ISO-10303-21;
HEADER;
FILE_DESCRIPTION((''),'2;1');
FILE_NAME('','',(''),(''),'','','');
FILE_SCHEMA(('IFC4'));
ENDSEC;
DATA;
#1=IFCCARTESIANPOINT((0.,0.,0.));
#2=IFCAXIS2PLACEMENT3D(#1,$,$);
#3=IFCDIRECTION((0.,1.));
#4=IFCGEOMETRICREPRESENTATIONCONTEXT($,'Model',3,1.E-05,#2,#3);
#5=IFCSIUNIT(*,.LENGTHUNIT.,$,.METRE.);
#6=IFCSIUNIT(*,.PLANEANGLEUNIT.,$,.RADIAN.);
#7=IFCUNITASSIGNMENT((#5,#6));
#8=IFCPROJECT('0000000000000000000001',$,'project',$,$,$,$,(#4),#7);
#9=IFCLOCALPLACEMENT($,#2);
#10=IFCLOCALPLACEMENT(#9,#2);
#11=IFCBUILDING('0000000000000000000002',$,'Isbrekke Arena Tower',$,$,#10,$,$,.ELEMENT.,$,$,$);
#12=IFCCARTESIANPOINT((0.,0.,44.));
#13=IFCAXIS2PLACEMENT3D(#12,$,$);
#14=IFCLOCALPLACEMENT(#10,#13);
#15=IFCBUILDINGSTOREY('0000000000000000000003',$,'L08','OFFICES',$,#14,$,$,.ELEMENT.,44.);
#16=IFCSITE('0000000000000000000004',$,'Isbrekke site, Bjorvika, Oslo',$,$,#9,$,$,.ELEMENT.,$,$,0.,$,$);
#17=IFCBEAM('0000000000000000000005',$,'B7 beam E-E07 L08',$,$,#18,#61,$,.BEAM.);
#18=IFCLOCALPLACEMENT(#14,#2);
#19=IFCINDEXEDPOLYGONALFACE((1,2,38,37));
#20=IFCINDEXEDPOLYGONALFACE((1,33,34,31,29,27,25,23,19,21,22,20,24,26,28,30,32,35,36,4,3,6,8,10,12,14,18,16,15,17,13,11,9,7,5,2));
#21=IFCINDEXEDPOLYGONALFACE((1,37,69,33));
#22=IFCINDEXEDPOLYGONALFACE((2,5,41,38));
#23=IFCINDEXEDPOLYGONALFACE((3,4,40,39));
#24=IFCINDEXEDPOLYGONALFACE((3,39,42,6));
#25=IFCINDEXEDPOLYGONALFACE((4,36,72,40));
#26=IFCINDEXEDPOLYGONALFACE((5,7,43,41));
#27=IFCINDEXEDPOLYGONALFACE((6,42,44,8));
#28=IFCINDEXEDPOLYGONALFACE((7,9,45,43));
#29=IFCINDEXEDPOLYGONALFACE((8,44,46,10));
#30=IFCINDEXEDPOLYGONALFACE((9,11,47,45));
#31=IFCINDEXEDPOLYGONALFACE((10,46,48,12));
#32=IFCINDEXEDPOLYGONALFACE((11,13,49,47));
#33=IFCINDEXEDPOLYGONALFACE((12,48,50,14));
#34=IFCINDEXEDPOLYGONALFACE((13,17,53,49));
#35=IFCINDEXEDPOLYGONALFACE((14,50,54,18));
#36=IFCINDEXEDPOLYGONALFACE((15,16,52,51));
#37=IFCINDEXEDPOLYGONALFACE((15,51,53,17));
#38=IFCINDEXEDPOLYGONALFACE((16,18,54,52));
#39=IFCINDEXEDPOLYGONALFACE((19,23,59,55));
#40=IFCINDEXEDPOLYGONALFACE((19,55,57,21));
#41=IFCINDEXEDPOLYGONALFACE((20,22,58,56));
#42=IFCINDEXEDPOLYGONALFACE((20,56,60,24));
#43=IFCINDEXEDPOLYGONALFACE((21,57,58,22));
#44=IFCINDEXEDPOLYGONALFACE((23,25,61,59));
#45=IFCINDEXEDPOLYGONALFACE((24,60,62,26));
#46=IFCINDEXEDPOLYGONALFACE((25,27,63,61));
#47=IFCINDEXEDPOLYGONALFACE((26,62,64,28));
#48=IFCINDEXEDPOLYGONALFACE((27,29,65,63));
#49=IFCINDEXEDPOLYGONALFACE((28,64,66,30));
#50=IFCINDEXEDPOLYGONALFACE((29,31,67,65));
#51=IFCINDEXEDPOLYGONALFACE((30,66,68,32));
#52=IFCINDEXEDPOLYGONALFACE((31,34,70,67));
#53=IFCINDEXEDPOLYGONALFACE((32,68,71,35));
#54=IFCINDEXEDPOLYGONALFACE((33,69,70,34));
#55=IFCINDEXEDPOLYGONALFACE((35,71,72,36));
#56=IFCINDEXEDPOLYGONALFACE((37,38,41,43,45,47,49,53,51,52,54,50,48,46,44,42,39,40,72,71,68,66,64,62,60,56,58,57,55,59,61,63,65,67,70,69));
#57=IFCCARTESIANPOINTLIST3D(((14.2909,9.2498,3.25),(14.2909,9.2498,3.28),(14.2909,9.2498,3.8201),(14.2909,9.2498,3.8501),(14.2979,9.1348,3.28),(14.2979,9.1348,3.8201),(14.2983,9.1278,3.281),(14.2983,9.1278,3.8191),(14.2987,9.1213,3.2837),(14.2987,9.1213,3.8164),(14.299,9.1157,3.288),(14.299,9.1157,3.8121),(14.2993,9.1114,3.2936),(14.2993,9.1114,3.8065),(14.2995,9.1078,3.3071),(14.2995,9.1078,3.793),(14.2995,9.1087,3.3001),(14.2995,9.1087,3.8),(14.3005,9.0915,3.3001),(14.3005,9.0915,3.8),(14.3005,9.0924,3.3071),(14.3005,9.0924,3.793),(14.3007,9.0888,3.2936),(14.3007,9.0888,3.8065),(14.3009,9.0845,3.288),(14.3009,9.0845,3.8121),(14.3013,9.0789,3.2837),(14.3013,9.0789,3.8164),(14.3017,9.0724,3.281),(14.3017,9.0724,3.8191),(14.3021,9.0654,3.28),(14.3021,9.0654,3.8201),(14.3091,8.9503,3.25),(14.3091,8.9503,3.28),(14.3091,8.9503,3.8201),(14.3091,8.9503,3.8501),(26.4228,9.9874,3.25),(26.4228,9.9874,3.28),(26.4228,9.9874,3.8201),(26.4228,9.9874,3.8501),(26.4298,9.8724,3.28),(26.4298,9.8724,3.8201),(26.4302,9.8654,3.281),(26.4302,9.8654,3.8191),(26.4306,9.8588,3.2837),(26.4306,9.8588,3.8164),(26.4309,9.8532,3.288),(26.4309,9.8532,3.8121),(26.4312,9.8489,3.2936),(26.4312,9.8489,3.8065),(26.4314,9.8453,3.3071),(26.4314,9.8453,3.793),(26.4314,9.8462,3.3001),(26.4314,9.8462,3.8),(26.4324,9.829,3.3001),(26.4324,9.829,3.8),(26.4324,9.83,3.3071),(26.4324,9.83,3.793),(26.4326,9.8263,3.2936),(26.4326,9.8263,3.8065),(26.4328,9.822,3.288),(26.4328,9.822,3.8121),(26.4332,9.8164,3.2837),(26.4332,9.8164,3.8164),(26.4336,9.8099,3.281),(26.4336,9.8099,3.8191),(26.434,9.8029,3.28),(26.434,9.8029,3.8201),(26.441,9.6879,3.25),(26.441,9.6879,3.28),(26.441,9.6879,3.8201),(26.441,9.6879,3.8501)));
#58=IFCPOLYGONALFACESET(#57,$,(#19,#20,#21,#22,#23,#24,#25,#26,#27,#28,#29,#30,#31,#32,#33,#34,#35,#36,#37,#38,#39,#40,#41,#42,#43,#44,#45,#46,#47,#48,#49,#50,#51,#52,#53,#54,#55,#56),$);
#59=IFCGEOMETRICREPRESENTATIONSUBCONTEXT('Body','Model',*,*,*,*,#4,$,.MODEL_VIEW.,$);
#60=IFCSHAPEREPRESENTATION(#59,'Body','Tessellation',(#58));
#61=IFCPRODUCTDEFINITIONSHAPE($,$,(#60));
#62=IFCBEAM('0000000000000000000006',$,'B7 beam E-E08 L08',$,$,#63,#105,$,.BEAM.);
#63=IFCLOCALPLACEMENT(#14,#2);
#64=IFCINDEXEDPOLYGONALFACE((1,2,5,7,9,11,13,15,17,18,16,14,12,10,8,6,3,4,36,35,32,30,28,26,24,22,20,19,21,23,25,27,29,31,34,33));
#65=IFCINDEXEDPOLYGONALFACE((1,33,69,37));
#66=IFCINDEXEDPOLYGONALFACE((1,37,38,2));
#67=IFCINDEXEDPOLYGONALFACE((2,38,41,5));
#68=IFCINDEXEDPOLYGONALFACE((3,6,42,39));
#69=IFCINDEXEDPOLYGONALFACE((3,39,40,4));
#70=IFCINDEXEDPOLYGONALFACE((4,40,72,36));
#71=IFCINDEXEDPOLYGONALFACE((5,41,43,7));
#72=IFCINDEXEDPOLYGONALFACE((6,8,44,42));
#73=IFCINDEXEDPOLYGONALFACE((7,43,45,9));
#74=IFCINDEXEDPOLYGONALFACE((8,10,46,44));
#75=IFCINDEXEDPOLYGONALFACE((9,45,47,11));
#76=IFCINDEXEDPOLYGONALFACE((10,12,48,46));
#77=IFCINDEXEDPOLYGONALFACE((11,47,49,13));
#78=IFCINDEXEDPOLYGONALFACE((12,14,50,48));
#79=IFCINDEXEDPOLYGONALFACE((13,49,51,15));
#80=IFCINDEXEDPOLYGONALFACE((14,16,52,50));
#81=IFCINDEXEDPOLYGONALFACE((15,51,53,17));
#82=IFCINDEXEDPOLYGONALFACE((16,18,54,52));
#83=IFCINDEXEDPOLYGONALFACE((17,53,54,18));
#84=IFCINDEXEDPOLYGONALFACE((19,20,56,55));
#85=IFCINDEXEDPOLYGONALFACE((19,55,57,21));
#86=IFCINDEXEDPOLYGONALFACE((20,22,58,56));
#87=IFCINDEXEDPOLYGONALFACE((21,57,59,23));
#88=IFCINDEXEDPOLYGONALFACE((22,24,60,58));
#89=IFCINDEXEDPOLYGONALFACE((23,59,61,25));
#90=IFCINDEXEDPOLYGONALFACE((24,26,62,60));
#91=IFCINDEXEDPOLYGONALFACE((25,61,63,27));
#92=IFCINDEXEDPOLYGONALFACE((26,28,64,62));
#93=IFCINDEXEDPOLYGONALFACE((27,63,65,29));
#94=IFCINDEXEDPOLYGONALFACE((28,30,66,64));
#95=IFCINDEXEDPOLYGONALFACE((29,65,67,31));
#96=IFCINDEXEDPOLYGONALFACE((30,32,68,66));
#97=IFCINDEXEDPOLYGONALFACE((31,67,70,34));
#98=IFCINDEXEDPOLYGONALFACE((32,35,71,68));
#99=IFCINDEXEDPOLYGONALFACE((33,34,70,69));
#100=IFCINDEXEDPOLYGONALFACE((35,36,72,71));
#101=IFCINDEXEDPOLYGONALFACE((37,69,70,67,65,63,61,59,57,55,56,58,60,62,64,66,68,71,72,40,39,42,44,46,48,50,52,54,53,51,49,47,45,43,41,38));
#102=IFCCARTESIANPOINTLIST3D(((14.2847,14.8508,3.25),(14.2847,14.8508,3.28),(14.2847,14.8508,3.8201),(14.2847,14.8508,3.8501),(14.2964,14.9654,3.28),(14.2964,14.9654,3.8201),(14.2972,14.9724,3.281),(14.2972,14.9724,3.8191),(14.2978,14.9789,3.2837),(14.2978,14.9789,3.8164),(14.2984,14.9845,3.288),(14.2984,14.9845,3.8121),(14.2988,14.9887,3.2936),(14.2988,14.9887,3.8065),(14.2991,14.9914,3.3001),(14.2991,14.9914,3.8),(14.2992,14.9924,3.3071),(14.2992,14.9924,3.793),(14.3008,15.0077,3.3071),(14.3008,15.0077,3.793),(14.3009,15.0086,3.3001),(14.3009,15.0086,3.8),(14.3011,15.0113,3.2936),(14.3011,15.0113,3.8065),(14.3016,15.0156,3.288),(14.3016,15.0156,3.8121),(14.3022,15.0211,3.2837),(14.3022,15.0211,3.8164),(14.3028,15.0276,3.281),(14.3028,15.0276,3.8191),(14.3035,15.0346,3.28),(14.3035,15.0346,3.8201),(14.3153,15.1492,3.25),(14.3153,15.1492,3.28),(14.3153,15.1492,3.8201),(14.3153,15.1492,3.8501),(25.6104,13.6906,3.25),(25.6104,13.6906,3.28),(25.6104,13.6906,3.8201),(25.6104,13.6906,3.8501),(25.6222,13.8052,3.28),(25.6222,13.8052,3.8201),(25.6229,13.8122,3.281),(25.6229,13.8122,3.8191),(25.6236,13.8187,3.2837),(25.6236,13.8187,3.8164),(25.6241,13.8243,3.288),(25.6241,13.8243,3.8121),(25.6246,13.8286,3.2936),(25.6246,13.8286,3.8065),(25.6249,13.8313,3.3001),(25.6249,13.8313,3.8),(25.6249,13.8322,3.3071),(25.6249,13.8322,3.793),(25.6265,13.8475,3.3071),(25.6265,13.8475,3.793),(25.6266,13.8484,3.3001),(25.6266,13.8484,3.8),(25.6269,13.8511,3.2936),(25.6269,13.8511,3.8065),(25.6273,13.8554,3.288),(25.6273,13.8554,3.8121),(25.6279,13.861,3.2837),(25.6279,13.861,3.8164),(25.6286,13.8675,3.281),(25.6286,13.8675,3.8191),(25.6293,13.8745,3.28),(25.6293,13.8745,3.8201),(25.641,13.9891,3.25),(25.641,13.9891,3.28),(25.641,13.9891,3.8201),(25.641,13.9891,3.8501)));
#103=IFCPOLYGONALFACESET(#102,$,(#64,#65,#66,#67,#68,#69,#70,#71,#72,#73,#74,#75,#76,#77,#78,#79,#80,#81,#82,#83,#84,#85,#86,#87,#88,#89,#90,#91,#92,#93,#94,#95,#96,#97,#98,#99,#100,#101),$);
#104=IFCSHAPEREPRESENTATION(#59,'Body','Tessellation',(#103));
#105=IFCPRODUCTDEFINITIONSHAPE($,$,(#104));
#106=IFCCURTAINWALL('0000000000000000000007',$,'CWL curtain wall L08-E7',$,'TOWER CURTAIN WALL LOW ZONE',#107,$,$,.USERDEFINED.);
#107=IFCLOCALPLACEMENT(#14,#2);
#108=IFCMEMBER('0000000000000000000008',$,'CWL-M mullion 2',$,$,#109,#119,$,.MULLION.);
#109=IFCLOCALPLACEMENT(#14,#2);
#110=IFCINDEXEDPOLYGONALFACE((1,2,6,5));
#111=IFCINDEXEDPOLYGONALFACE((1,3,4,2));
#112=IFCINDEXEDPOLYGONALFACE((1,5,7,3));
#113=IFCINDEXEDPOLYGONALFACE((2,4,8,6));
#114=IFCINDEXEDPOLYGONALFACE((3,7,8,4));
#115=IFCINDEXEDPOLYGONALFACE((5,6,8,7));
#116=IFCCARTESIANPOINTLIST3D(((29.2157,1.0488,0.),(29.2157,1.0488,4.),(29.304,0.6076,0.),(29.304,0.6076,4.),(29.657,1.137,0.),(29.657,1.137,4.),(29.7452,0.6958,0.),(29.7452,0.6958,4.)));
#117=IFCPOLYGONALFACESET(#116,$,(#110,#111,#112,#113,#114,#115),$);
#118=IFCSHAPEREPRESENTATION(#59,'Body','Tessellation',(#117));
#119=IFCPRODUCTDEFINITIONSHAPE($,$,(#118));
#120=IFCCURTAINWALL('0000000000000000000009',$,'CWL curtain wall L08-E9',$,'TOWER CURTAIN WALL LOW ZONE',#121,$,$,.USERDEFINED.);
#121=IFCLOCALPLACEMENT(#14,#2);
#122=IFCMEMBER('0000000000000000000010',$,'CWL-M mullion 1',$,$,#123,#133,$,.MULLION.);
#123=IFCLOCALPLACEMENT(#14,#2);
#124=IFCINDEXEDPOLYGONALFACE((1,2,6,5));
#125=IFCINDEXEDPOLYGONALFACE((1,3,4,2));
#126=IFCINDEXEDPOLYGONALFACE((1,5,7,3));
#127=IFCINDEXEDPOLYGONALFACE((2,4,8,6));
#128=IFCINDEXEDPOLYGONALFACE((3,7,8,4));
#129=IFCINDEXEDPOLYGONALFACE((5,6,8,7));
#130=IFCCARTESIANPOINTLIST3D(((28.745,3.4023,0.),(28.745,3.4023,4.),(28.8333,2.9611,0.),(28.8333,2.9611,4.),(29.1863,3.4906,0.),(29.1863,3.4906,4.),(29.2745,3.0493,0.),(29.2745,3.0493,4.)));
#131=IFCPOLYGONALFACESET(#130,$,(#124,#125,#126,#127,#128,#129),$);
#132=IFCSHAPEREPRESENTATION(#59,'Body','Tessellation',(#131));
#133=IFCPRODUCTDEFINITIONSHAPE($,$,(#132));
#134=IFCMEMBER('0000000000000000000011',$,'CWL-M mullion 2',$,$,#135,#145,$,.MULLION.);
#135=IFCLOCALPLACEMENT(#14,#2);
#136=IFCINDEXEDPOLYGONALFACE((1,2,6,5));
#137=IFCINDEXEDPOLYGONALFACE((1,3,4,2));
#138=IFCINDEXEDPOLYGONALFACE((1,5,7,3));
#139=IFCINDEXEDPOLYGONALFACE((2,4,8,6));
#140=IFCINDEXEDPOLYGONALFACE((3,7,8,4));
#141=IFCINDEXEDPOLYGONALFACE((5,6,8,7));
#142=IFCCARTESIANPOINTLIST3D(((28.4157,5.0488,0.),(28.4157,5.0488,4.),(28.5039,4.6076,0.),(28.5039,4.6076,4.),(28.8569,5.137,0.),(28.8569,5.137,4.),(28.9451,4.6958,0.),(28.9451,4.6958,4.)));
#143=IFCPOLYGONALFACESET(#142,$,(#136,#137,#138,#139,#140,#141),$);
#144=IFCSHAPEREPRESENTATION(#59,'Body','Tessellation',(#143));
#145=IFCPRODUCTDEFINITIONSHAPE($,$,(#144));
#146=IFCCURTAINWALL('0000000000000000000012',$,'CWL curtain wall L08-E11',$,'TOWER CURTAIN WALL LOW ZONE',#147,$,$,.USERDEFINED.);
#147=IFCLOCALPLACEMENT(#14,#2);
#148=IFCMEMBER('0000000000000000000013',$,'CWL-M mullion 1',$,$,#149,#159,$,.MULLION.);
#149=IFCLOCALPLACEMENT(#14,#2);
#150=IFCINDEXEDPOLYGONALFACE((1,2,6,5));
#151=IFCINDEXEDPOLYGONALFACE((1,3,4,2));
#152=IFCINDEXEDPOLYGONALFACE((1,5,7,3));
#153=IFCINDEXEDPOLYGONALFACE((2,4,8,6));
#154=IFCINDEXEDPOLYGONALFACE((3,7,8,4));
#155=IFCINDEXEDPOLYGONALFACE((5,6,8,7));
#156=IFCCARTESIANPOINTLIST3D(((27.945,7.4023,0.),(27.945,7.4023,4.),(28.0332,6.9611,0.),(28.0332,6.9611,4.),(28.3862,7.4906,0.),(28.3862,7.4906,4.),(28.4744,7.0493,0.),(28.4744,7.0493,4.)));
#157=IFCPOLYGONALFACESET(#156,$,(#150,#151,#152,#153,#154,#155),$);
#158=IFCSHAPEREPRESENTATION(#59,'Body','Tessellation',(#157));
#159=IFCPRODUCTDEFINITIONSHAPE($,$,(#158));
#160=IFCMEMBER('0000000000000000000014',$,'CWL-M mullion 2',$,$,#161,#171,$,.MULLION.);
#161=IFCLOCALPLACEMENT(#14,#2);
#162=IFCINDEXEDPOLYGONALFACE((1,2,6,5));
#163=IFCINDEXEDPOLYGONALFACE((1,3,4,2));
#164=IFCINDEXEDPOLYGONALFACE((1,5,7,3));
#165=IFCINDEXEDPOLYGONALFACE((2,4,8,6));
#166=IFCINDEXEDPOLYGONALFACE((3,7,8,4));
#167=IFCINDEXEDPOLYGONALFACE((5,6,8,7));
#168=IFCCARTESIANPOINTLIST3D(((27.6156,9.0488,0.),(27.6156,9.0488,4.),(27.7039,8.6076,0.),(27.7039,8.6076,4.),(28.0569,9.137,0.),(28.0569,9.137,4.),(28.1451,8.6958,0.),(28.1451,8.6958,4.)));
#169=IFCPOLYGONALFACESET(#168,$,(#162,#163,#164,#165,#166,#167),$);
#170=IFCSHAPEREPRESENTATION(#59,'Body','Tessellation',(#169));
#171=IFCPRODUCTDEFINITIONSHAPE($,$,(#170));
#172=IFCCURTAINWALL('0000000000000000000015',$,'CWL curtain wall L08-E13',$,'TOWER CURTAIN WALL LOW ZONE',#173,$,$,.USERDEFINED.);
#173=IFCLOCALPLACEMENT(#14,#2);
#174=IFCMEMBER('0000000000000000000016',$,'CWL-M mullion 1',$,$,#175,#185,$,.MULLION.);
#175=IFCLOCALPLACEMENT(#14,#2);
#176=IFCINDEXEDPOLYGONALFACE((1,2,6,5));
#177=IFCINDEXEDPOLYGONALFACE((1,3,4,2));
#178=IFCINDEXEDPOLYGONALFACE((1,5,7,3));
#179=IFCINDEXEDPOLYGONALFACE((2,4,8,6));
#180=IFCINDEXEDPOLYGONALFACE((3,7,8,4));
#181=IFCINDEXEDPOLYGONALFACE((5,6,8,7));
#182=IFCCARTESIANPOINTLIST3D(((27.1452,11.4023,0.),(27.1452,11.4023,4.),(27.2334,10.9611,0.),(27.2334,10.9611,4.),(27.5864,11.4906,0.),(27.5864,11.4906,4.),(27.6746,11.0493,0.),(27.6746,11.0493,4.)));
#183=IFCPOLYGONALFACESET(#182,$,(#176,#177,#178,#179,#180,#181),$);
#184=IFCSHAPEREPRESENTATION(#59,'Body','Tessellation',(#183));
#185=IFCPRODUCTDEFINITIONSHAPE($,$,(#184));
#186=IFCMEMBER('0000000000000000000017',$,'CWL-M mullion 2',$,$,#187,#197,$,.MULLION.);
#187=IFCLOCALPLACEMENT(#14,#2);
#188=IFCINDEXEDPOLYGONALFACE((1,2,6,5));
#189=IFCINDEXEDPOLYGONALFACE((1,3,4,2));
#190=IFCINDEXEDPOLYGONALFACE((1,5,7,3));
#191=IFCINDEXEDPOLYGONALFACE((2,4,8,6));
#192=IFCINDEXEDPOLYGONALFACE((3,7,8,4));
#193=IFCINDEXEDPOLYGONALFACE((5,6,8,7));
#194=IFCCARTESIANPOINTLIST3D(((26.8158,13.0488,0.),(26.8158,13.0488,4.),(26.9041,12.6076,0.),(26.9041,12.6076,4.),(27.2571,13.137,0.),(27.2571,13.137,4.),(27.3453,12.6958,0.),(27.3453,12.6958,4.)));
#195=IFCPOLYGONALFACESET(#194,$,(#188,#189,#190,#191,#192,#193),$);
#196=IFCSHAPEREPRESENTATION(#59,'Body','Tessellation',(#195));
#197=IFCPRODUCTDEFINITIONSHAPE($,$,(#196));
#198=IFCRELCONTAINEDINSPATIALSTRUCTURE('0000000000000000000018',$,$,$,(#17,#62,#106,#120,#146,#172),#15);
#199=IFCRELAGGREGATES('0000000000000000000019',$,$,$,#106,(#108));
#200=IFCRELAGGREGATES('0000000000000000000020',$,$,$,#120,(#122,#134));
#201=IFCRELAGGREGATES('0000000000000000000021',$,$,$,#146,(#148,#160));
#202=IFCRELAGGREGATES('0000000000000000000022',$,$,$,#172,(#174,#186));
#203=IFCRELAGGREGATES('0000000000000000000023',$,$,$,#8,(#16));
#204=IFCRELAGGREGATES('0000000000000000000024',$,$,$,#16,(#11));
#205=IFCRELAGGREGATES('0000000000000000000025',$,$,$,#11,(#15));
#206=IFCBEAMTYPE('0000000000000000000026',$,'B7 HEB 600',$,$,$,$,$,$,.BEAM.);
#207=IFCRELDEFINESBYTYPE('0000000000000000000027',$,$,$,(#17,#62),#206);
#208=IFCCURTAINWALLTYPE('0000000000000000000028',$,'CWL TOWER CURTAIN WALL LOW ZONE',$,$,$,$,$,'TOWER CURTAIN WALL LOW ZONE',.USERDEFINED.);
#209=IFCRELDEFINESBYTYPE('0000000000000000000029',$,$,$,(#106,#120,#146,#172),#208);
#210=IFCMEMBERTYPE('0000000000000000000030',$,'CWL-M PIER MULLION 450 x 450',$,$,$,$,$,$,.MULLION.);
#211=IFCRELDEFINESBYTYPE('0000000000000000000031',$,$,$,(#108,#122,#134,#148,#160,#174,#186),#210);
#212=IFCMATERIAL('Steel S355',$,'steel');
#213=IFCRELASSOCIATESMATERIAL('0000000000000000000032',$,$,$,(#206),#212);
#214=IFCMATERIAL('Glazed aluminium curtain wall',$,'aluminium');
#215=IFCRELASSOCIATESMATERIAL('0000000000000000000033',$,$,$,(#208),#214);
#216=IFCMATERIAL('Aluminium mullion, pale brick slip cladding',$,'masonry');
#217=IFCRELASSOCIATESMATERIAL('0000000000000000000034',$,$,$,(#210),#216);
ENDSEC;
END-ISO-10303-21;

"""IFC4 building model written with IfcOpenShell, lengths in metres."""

from ifc_helpers import new_model, si_unit, direction, frame, origin, origin_2d, place, context, subcontext, project, spatial, rectangle, i_section, extrude, material, material_profile, profile_set, type_object, element, aggregate, save


model = new_model("IFC4")

# Units and contexts
model_context = context("Model", 3, precision=1e-05, world=origin(), true_north=direction((0.0, 1.0)))
body_context = subcontext(model_context, "Body", "Model", "MODEL_VIEW")
ifc_project = project(units=[si_unit("LENGTHUNIT", "METRE"), si_unit("PLANEANGLEUNIT", "RADIAN")], contexts=[model_context])

# Site, building, storey
site_placement = place(None, origin())
site = spatial("IfcSite", under=ifc_project, at=site_placement, Name="Isbrekke site, Bjorvika, Oslo", CompositionType="ELEMENT", RefElevation=0.0)
building_placement = place(site_placement, origin())
building = spatial("IfcBuilding", under=site, at=building_placement, Name="Isbrekke Arena Tower", CompositionType="ELEMENT")
storey_placement = place(building_placement, frame((0.0, 0.0, 44.0)))
storey = spatial("IfcBuildingStorey", under=building, at=storey_placement, Name="L08", Description="OFFICES", CompositionType="ELEMENT", Elevation=44.0)

# Beams
ifc_material_1 = material(Name="Steel S355", Category="steel")
ifc_material_profile_1 = material_profile(ifc_material_1, i_section(OverallWidth=0.3, OverallDepth=0.6001, WebThickness=0.0154, FlangeThickness=0.03, FilletRadius=0.0271, at=origin_2d()), Name="HEB 600")
ifc_profile_set_1 = profile_set([ifc_material_profile_1], Name="Steel S355")
beam_type_1 = type_object("IfcBeamType", Name="B7 HEB 600", PredefinedType="BEAM", material=ifc_profile_set_1)
beam_1_placement = place(storey_placement, frame((26.4319, 9.8376, 3.55), z_axis=(-0.998157, -0.060682, 0.0), x_axis=(0.060682, -0.998157, 0.0)))
element("IfcBeam", 1, at=beam_1_placement, inside=storey, type_object=beam_type_1, Name="B7 beam E-E07 L08", PredefinedType="BEAM", context=body_context, shape_type="SweptSolid", body=[
    extrude(i_section(OverallWidth=0.3, OverallDepth=0.6001, WebThickness=0.0154, FlangeThickness=0.03, FilletRadius=0.0271, at=origin_2d()), origin(), (0.0, 0.0, 1.0), 12.1543),
])
beam_2_placement = place(storey_placement, frame((25.6257, 13.8398, 3.55), z_axis=(-0.994794, 0.101903, 0.0), x_axis=(-0.101903, -0.994794, 0.0)))
element("IfcBeam", 2, at=beam_2_placement, inside=storey, type_object=beam_type_1, Name="B7 beam E-E08 L08", PredefinedType="BEAM", context=body_context, shape_type="SweptSolid", body=[
    extrude(i_section(OverallWidth=0.3, OverallDepth=0.6001, WebThickness=0.0154, FlangeThickness=0.03, FilletRadius=0.0271, at=origin_2d()), origin(), (0.0, 0.0, 1.0), 11.385),
])

# Curtain wall, member
ifc_material_2 = material(Name="Glazed aluminium curtain wall", Category="aluminium")
curtain_wall_type = type_object("IfcCurtainWallType", Name="CWL TOWER CURTAIN WALL LOW ZONE", ElementType="TOWER CURTAIN WALL LOW ZONE", PredefinedType="USERDEFINED", material=ifc_material_2)
curtain_wall_1_placement = place(storey_placement, origin())
curtain_wall_1 = element("IfcCurtainWall", 3, at=curtain_wall_1_placement, inside=storey, type_object=curtain_wall_type, Name="CWL curtain wall L08-E7", ObjectType="TOWER CURTAIN WALL LOW ZONE", PredefinedType="USERDEFINED")
ifc_material_3 = material(Name="Aluminium mullion, pale brick slip cladding", Category="masonry")
ifc_material_profile_2 = material_profile(ifc_material_3, rectangle(XDim=0.45, YDim=0.45, at=origin_2d()), Name="PIER 450X450")
ifc_profile_set_2 = profile_set([ifc_material_profile_2], Name="Aluminium mullion, pale brick slip cladding")
member_type_1 = type_object("IfcMemberType", Name="CWL-M PIER MULLION 450 x 450", PredefinedType="MULLION", material=ifc_profile_set_2)
member_1_placement = place(storey_placement, frame((29.4805, 0.8723, 0.0), z_axis=(0.0, 0.0, 1.0), x_axis=(-0.196116, 0.980581, 0.0)))
member_1 = element("IfcMember", 4, at=member_1_placement, type_object=member_type_1, Name="CWL-M mullion 2", PredefinedType="MULLION", context=body_context, shape_type="SweptSolid", body=[
    extrude(rectangle(XDim=0.45, YDim=0.45, at=origin_2d()), origin(), (0.0, 0.0, 1.0), 4.0),
])

# Curtain walls, members
curtain_wall_2_placement = place(storey_placement, origin())
curtain_wall_2 = element("IfcCurtainWall", 5, at=curtain_wall_2_placement, inside=storey, type_object=curtain_wall_type, Name="CWL curtain wall L08-E9", ObjectType="TOWER CURTAIN WALL LOW ZONE", PredefinedType="USERDEFINED")
member_2_placement = place(storey_placement, frame((29.0098, 3.2258, 0.0), z_axis=(0.0, 0.0, 1.0), x_axis=(-0.196116, 0.980581, 0.0)))
member_2 = element("IfcMember", 6, at=member_2_placement, type_object=member_type_1, Name="CWL-M mullion 1", PredefinedType="MULLION", context=body_context, shape_type="SweptSolid", body=[
    extrude(rectangle(XDim=0.45, YDim=0.45, at=origin_2d()), origin(), (0.0, 0.0, 1.0), 4.0),
])
member_3_placement = place(storey_placement, frame((28.6804, 4.8723, 0.0), z_axis=(0.0, 0.0, 1.0), x_axis=(-0.196116, 0.980581, 0.0)))
member_3 = element("IfcMember", 7, at=member_3_placement, type_object=member_type_1, Name="CWL-M mullion 2", PredefinedType="MULLION", context=body_context, shape_type="SweptSolid", body=[
    extrude(rectangle(XDim=0.45, YDim=0.45, at=origin_2d()), origin(), (0.0, 0.0, 1.0), 4.0),
])
curtain_wall_3_placement = place(storey_placement, origin())
curtain_wall_3 = element("IfcCurtainWall", 8, at=curtain_wall_3_placement, inside=storey, type_object=curtain_wall_type, Name="CWL curtain wall L08-E11", ObjectType="TOWER CURTAIN WALL LOW ZONE", PredefinedType="USERDEFINED")
member_4_placement = place(storey_placement, frame((28.2097, 7.2258, 0.0), z_axis=(0.0, 0.0, 1.0), x_axis=(-0.196116, 0.980581, 0.0)))
member_4 = element("IfcMember", 9, at=member_4_placement, type_object=member_type_1, Name="CWL-M mullion 1", PredefinedType="MULLION", context=body_context, shape_type="SweptSolid", body=[
    extrude(rectangle(XDim=0.45, YDim=0.45, at=origin_2d()), origin(), (0.0, 0.0, 1.0), 4.0),
])
member_5_placement = place(storey_placement, frame((27.8804, 8.8723, 0.0), z_axis=(0.0, 0.0, 1.0), x_axis=(-0.196116, 0.980581, 0.0)))
member_5 = element("IfcMember", 10, at=member_5_placement, type_object=member_type_1, Name="CWL-M mullion 2", PredefinedType="MULLION", context=body_context, shape_type="SweptSolid", body=[
    extrude(rectangle(XDim=0.45, YDim=0.45, at=origin_2d()), origin(), (0.0, 0.0, 1.0), 4.0),
])
curtain_wall_4_placement = place(storey_placement, origin())
curtain_wall_4 = element("IfcCurtainWall", 11, at=curtain_wall_4_placement, inside=storey, type_object=curtain_wall_type, Name="CWL curtain wall L08-E13", ObjectType="TOWER CURTAIN WALL LOW ZONE", PredefinedType="USERDEFINED")
member_6_placement = place(storey_placement, frame((27.4099, 11.2258, 0.0), z_axis=(0.0, 0.0, 1.0), x_axis=(-0.196116, 0.980581, 0.0)))
member_6 = element("IfcMember", 12, at=member_6_placement, type_object=member_type_1, Name="CWL-M mullion 1", PredefinedType="MULLION", context=body_context, shape_type="SweptSolid", body=[
    extrude(rectangle(XDim=0.45, YDim=0.45, at=origin_2d()), origin(), (0.0, 0.0, 1.0), 4.0),
])
member_7_placement = place(storey_placement, frame((27.0806, 12.8723, 0.0), z_axis=(0.0, 0.0, 1.0), x_axis=(-0.196116, 0.980581, 0.0)))
member_7 = element("IfcMember", 13, at=member_7_placement, type_object=member_type_1, Name="CWL-M mullion 2", PredefinedType="MULLION", context=body_context, shape_type="SweptSolid", body=[
    extrude(rectangle(XDim=0.45, YDim=0.45, at=origin_2d()), origin(), (0.0, 0.0, 1.0), 4.0),
])

aggregate(curtain_wall_1, [member_1])
aggregate(curtain_wall_2, [member_2, member_3])
aggregate(curtain_wall_3, [member_4, member_5])
aggregate(curtain_wall_4, [member_6, member_7])

save(model, "model.ifc")
